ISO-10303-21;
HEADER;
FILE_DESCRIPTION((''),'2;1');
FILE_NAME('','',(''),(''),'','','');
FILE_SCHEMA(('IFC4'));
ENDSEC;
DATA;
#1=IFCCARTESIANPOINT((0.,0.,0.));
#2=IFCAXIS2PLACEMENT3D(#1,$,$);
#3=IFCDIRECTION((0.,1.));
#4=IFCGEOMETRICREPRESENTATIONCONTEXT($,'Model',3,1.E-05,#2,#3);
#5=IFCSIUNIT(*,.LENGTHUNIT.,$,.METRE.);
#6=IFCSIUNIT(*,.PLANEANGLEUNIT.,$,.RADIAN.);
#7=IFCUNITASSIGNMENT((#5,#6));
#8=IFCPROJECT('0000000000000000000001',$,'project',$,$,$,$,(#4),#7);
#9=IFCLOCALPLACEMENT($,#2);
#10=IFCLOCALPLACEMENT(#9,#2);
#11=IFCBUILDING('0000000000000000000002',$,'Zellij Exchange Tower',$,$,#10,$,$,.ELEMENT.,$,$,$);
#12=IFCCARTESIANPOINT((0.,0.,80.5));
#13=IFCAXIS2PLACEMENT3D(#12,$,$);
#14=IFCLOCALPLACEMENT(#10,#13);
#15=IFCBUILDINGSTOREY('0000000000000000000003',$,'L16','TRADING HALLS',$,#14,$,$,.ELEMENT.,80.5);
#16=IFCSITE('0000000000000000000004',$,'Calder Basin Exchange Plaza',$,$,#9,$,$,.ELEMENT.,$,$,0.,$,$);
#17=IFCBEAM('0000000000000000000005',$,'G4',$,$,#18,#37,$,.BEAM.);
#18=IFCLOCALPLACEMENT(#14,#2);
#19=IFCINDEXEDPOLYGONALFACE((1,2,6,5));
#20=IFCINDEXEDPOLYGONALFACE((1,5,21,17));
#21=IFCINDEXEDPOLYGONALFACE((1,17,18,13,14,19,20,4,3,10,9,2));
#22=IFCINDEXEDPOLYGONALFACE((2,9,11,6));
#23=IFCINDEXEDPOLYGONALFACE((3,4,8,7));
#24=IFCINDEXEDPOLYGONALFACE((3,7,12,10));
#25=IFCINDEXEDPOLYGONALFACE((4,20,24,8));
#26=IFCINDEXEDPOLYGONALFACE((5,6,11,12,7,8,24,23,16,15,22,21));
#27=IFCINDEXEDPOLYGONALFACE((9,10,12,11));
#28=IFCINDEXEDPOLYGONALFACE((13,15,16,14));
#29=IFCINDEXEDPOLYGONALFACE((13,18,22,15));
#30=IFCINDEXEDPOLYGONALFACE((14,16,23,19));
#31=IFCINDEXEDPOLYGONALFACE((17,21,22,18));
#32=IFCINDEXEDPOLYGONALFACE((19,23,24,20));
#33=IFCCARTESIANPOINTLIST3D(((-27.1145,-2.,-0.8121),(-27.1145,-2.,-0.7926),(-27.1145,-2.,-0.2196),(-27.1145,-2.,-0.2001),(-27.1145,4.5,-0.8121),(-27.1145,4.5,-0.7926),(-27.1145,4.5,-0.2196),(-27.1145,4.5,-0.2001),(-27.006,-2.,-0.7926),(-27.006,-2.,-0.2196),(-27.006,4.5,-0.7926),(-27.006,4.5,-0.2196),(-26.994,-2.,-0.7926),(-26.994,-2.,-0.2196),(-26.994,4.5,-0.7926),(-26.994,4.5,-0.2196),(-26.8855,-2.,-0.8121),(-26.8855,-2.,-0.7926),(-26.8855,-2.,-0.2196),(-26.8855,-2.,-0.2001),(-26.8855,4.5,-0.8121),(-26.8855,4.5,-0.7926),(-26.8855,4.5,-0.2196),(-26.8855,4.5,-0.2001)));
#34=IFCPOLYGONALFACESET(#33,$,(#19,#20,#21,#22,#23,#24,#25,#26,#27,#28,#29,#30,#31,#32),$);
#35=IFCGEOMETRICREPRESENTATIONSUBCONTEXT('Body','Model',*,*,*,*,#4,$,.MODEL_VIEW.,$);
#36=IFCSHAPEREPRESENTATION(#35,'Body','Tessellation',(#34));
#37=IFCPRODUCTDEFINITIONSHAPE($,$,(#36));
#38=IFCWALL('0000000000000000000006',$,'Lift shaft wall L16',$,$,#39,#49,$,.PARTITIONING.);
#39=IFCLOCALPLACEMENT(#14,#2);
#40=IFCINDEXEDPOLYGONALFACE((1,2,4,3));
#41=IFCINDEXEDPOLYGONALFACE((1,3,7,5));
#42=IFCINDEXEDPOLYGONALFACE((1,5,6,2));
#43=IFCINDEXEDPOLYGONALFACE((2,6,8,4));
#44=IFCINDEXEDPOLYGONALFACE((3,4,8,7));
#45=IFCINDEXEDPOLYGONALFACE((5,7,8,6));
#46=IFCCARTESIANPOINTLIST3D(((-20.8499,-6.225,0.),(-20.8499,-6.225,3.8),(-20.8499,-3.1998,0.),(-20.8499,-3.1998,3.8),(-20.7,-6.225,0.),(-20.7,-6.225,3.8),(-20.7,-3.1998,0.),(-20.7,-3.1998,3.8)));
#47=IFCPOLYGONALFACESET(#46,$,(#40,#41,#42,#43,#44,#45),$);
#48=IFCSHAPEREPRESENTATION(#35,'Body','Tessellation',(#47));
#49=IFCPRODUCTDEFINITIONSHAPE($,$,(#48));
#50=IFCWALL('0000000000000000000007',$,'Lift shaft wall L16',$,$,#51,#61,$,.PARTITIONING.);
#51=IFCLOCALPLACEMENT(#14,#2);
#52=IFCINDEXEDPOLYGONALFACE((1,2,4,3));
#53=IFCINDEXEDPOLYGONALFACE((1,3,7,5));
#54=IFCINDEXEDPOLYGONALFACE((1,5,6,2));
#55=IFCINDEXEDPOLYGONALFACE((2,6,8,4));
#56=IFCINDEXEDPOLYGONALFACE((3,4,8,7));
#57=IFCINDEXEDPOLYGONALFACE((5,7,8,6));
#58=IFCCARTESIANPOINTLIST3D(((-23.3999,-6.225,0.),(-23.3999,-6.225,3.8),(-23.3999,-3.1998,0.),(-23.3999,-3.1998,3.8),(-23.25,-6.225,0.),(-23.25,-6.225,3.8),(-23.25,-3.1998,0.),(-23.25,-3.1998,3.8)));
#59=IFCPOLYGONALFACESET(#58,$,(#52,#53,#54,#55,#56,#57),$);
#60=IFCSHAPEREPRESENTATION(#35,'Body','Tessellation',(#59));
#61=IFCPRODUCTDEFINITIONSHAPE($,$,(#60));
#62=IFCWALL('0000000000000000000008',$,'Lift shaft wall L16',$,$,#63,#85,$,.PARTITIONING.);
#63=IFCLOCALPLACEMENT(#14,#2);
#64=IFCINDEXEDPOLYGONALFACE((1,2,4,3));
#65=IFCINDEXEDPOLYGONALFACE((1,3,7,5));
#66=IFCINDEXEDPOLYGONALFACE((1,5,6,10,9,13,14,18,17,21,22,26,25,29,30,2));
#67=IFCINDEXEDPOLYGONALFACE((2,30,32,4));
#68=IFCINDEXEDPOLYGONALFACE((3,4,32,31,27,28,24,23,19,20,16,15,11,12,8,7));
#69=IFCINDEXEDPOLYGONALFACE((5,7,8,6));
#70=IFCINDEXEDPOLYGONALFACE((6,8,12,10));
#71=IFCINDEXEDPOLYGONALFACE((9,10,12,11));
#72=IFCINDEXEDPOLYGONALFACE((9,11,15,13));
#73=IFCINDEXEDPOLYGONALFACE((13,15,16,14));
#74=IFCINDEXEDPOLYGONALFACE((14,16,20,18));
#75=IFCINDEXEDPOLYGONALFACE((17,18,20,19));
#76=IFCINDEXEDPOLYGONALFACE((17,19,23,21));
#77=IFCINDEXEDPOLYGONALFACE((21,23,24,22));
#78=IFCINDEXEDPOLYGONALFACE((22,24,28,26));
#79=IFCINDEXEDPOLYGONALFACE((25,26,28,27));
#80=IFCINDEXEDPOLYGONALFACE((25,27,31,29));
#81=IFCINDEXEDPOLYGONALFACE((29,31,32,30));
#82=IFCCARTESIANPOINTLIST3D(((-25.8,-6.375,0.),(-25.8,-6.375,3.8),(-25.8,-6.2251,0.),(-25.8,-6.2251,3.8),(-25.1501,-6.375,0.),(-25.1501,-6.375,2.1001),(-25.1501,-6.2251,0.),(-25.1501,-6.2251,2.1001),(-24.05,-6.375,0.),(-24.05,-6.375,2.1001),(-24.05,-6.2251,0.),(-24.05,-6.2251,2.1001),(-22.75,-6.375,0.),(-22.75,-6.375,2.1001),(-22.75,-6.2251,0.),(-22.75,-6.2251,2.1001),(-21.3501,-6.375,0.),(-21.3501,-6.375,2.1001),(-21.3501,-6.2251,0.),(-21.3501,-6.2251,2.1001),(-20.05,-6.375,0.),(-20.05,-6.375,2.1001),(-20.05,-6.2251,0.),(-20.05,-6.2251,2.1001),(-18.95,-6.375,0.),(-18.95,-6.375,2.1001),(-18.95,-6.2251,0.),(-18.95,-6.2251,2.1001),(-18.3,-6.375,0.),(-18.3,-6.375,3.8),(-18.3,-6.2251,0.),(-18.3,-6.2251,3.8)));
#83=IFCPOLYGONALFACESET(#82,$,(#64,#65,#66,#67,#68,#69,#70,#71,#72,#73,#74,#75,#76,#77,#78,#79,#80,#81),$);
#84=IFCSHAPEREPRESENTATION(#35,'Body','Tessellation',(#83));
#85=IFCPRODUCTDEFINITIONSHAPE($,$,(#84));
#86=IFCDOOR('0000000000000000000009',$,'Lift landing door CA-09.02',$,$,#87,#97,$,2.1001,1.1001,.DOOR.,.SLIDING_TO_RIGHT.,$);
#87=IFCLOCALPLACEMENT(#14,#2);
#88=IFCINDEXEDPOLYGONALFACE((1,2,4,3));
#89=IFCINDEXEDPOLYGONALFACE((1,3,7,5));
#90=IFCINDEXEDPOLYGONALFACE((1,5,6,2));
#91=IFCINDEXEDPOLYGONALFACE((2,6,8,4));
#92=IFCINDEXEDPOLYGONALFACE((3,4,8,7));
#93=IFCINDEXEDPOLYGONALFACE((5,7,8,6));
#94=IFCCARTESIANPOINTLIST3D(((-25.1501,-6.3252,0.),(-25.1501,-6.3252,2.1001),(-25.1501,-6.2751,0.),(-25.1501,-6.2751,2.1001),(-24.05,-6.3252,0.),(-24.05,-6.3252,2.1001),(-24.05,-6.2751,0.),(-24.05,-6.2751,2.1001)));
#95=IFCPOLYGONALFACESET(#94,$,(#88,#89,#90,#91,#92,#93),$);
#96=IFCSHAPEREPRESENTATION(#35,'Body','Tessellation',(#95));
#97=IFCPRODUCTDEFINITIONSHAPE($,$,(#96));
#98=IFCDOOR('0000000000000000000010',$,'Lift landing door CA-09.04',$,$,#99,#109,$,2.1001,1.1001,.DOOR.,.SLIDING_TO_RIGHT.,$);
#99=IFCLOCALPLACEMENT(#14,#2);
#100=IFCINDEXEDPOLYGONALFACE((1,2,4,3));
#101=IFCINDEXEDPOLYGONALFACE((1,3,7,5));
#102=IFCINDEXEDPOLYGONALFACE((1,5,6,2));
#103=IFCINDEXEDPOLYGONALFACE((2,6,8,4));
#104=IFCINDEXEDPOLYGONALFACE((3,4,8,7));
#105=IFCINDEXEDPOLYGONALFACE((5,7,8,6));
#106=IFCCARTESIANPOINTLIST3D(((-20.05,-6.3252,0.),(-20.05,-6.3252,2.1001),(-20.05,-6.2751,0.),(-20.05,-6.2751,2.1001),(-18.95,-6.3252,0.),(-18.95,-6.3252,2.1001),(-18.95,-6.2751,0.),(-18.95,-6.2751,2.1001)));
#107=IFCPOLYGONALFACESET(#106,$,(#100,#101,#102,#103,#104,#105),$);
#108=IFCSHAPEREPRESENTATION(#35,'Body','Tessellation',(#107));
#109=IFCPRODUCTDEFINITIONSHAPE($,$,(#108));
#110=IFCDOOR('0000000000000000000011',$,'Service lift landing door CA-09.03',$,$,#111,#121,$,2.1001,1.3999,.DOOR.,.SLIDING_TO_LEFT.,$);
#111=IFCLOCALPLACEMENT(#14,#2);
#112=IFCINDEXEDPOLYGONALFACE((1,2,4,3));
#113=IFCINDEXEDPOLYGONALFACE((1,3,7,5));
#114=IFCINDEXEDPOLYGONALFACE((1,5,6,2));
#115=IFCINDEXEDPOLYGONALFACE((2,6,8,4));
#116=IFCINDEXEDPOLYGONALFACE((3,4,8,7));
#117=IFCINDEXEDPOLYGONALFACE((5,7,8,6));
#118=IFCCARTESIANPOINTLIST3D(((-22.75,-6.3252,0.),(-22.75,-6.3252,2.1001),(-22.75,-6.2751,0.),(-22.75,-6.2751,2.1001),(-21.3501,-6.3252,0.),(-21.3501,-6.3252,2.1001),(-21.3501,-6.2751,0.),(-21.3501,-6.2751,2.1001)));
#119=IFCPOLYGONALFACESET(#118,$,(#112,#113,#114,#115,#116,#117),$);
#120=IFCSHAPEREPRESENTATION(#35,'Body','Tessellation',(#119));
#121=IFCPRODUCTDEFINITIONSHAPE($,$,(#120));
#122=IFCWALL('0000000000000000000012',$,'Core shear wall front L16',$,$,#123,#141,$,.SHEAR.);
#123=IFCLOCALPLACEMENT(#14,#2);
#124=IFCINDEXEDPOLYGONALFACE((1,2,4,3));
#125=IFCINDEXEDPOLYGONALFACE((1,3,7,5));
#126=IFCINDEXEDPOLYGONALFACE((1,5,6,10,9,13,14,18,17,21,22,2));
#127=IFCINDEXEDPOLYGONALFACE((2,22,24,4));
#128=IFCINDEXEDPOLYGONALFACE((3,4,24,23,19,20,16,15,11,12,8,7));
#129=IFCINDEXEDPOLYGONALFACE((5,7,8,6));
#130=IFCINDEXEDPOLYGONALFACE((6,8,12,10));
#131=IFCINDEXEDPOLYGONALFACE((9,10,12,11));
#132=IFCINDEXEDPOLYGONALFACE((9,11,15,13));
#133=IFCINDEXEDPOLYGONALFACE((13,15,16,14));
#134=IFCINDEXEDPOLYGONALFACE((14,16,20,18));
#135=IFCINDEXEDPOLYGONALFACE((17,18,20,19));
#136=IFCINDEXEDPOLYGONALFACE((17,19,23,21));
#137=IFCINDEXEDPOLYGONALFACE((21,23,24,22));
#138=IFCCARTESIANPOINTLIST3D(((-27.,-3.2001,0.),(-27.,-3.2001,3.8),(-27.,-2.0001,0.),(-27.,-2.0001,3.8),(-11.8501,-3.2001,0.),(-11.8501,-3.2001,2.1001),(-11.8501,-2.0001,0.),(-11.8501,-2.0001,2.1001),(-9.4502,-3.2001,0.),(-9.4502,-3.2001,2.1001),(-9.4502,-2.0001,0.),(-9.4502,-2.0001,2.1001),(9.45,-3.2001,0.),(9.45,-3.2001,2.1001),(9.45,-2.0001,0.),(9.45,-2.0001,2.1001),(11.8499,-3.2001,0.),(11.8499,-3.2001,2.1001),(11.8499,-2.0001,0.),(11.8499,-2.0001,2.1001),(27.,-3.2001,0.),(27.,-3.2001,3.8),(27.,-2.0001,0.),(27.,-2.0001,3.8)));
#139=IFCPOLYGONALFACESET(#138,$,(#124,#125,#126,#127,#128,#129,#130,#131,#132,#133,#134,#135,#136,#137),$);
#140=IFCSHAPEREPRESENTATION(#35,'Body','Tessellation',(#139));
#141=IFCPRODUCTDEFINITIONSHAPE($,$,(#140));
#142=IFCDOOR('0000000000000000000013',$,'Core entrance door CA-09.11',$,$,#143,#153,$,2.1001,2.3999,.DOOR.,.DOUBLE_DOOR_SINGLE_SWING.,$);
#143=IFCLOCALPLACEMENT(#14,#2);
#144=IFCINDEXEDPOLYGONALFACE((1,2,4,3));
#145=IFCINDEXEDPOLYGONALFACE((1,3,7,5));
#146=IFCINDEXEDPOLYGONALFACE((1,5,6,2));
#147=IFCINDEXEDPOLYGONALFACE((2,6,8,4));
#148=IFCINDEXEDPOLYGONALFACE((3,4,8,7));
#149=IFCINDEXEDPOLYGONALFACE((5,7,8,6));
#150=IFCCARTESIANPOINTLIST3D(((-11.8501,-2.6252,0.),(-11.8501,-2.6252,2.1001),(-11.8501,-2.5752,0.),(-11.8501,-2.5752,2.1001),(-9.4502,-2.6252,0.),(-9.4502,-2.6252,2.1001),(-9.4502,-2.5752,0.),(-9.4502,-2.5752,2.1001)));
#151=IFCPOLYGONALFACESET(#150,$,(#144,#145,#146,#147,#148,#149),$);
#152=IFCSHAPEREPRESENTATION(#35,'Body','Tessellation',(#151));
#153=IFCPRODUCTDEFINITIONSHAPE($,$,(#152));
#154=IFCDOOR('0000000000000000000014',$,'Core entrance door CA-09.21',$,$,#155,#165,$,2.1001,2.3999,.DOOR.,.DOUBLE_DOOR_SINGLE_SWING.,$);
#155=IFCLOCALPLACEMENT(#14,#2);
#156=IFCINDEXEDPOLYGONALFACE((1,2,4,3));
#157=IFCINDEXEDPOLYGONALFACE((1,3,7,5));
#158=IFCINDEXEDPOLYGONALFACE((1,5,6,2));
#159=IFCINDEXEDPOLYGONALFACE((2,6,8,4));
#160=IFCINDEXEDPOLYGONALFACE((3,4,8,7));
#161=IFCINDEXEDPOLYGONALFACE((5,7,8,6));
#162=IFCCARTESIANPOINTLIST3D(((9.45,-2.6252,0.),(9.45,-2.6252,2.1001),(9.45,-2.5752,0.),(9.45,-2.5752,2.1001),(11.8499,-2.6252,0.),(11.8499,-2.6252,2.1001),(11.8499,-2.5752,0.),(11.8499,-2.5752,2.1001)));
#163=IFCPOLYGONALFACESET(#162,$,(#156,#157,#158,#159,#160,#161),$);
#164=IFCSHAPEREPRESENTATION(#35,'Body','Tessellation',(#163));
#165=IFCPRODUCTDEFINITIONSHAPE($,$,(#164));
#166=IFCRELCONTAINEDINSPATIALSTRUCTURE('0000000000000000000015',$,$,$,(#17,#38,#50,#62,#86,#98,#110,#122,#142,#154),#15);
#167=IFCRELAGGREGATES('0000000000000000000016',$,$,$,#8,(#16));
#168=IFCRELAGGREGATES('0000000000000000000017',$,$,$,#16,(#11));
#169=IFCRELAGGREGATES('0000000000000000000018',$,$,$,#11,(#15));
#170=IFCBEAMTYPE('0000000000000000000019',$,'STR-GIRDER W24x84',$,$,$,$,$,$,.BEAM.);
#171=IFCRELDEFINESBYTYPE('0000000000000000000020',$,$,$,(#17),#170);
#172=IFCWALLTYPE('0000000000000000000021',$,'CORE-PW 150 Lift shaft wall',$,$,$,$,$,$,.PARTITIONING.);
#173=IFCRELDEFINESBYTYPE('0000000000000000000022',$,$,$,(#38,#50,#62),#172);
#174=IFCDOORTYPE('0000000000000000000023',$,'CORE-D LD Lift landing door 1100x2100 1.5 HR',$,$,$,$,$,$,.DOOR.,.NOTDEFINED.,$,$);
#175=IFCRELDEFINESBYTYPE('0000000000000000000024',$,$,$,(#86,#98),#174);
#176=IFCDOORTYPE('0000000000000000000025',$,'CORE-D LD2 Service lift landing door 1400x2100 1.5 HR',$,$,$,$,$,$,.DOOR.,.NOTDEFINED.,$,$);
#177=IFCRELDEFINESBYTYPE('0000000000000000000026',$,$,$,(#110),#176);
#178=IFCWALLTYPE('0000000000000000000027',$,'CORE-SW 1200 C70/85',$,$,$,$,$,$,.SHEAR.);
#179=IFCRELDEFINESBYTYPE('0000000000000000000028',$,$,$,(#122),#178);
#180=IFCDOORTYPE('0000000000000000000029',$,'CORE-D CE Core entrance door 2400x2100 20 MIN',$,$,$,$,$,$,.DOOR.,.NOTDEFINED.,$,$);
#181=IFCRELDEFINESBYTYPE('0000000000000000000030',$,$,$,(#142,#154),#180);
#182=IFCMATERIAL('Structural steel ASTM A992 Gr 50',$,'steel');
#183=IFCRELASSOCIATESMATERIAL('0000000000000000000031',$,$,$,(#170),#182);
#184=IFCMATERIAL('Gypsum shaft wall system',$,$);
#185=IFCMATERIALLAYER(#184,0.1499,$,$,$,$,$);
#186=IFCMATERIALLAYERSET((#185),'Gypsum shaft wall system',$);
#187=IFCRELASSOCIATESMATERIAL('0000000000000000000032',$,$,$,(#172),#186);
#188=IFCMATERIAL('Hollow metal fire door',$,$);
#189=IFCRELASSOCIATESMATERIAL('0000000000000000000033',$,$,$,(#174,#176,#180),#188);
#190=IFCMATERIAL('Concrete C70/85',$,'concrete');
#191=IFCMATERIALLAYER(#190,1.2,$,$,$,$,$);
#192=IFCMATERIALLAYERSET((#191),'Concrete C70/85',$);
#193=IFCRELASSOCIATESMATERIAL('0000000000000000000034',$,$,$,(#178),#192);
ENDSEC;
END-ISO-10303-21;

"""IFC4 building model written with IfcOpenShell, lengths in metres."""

from ifc_helpers import new_model, si_unit, direction, frame, frame_2d, origin, origin_2d, place, context, subcontext, project, spatial, rectangle, i_section, extrude, material, layer, layer_set, material_profile, profile_set, type_object, element, fill, save


model = new_model("IFC4")

# Units and contexts
model_context = context("Model", 3, precision=1e-05, world=origin(), true_north=direction((0.0, 1.0)))
body_context = subcontext(model_context, "Body", "Model", "MODEL_VIEW")
ifc_project = project(units=[si_unit("LENGTHUNIT", "METRE"), si_unit("PLANEANGLEUNIT", "RADIAN")], contexts=[model_context])

# Site, building, storey
site_placement = place(None, origin())
site = spatial("IfcSite", under=ifc_project, at=site_placement, Name="Calder Basin Exchange Plaza", CompositionType="ELEMENT", RefElevation=0.0)
building_placement = place(site_placement, origin())
building = spatial("IfcBuilding", under=site, at=building_placement, Name="Zellij Exchange Tower", CompositionType="ELEMENT")
storey_placement = place(building_placement, frame((0.0, 0.0, 80.5)))
storey = spatial("IfcBuildingStorey", under=building, at=storey_placement, Name="L16", Description="TRADING HALLS", CompositionType="ELEMENT", Elevation=80.5)

# Shared definitions
ifc_material_1 = material(Name="Concrete C70/85", Category="concrete")

# Beam
ifc_material_2 = material(Name="Structural steel ASTM A992 Gr 50", Category="steel")
ifc_material_profile_1 = material_profile(ifc_material_2, i_section(OverallWidth=0.229, OverallDepth=0.6121, WebThickness=0.012, FlangeThickness=0.0195, at=origin_2d()), Name="W24x84")
ifc_profile_set_1 = profile_set([ifc_material_profile_1], Name="Structural steel ASTM A992 Gr 50")
beam_type_1 = type_object("IfcBeamType", Name="STR-GIRDER W24x84", PredefinedType="BEAM", material=ifc_profile_set_1)
beam_1_placement = place(storey_placement, frame((-27.0, -2.0, -0.5061), z_axis=(0.0, 1.0, 0.0), x_axis=(-1.0, 0.0, 0.0)))
element("IfcBeam", 1, at=beam_1_placement, inside=storey, type_object=beam_type_1, Name="G4", PredefinedType="BEAM", context=body_context, shape_type="SweptSolid", body=[
    extrude(i_section(OverallWidth=0.229, OverallDepth=0.6121, WebThickness=0.012, FlangeThickness=0.0195, at=origin_2d()), origin(), (0.0, 0.0, 1.0), 6.5),
])

# Walls
ifc_material_3 = material(Name="Gypsum shaft wall system")
ifc_layer_1 = layer(ifc_material_3, 0.1499)
ifc_layer_set_1 = layer_set([ifc_layer_1], Name="Gypsum shaft wall system")
wall_type_1 = type_object("IfcWallType", Name="CORE-PW 150 Lift shaft wall", PredefinedType="PARTITIONING", material=ifc_layer_set_1)
for number, where, z_axis, x_axis, name in (
    (2, (-20.7749, -6.2251, 0.0), (0.0, 0.0, 1.0), (0.0, 1.0, 0.0), "Lift shaft wall L16"),
    (3, (-23.325, -6.2251, 0.0), (0.0, 0.0, 1.0), (0.0, 1.0, 0.0), "Lift shaft wall L16"),
):
    element("IfcWall", number, at=place(storey_placement, frame(where, z_axis=z_axis, x_axis=x_axis)), inside=storey, type_object=wall_type_1, Name=name, PredefinedType="PARTITIONING", context=body_context, shape_type="SweptSolid", body=[
        extrude(rectangle(XDim=3.0251, YDim=0.1499, at=frame_2d((1.5127, 0.0))), origin(), (0.0, 0.0, 1.0), 3.8),
    ])

# Walls, openings, doors
wall_1_placement = place(storey_placement, frame((-25.8, -6.3, 0.0), z_axis=(0.0, 0.0, 1.0), x_axis=(1.0, 0.0, 0.0)))
wall_1 = element("IfcWall", 4, at=wall_1_placement, inside=storey, type_object=wall_type_1, Name="Lift shaft wall L16", PredefinedType="PARTITIONING", context=body_context, shape_type="SweptSolid", body=[
    extrude(rectangle(XDim=7.5, YDim=0.1499, at=frame_2d((3.75, 0.0))), origin(), (0.0, 0.0, 1.0), 3.8),
])
opening_1_placement = place(wall_1_placement, frame((0.6499, 0.0, 0.0)))
opening_1 = element("IfcOpeningElement", 5, at=opening_1_placement, cuts=wall_1, PredefinedType="OPENING", context=body_context, shape_type="SweptSolid", body=[
    extrude(rectangle(XDim=1.1001, YDim=2.1001, at=frame_2d((0.55, 1.05))), frame((0.0, 0.0869, 0.0), z_axis=(0.0, -1.0, 0.0), x_axis=(1.0, 0.0, 0.0)), (0.0, 0.0, 1.0), 0.1738),
])
opening_2_placement = place(wall_1_placement, frame((3.05, 0.0, 0.0)))
opening_2 = element("IfcOpeningElement", 6, at=opening_2_placement, cuts=wall_1, PredefinedType="OPENING", context=body_context, shape_type="SweptSolid", body=[
    extrude(rectangle(XDim=1.3999, YDim=2.1001, at=frame_2d((0.7, 1.05))), frame((0.0, 0.0869, 0.0), z_axis=(0.0, -1.0, 0.0), x_axis=(1.0, 0.0, 0.0)), (0.0, 0.0, 1.0), 0.1738),
])
opening_3_placement = place(wall_1_placement, frame((5.75, 0.0, 0.0)))
opening_3 = element("IfcOpeningElement", 7, at=opening_3_placement, cuts=wall_1, PredefinedType="OPENING", context=body_context, shape_type="SweptSolid", body=[
    extrude(rectangle(XDim=1.1001, YDim=2.1001, at=frame_2d((0.55, 1.05))), frame((0.0, 0.0869, 0.0), z_axis=(0.0, -1.0, 0.0), x_axis=(1.0, 0.0, 0.0)), (0.0, 0.0, 1.0), 0.1738),
])
ifc_material_4 = material(Name="Hollow metal fire door")
door_type_1 = type_object("IfcDoorType", Name="CORE-D LD Lift landing door 1100x2100 1.5 HR", OperationType="NOTDEFINED", PredefinedType="DOOR", material=ifc_material_4)
door_1_placement = place(opening_1_placement, origin())
door_1 = element("IfcDoor", 8, at=door_1_placement, inside=storey, type_object=door_type_1, Name="Lift landing door CA-09.02", OperationType="SLIDING_TO_RIGHT", OverallHeight=2.1001, OverallWidth=1.1001, PredefinedType="DOOR", context=body_context, shape_type="SweptSolid", body=[
    extrude(rectangle(XDim=1.1001, YDim=2.1001, at=frame_2d((0.55, 1.05))), frame((0.0, 0.0249, 0.0), z_axis=(0.0, -1.0, 0.0), x_axis=(1.0, 0.0, 0.0)), (0.0, 0.0, 1.0), 0.05),
])
fill(opening_1, door_1)
door_2_placement = place(opening_3_placement, origin())
door_2 = element("IfcDoor", 9, at=door_2_placement, inside=storey, type_object=door_type_1, Name="Lift landing door CA-09.04", OperationType="SLIDING_TO_RIGHT", OverallHeight=2.1001, OverallWidth=1.1001, PredefinedType="DOOR", context=body_context, shape_type="SweptSolid", body=[
    extrude(rectangle(XDim=1.1001, YDim=2.1001, at=frame_2d((0.55, 1.05))), frame((0.0, 0.0249, 0.0), z_axis=(0.0, -1.0, 0.0), x_axis=(1.0, 0.0, 0.0)), (0.0, 0.0, 1.0), 0.05),
])
fill(opening_3, door_2)
door_type_2 = type_object("IfcDoorType", Name="CORE-D LD2 Service lift landing door 1400x2100 1.5 HR", OperationType="NOTDEFINED", PredefinedType="DOOR", material=ifc_material_4)
door_3_placement = place(opening_2_placement, origin())
door_3 = element("IfcDoor", 10, at=door_3_placement, inside=storey, type_object=door_type_2, Name="Service lift landing door CA-09.03", OperationType="SLIDING_TO_LEFT", OverallHeight=2.1001, OverallWidth=1.3999, PredefinedType="DOOR", context=body_context, shape_type="SweptSolid", body=[
    extrude(rectangle(XDim=1.3999, YDim=2.1001, at=frame_2d((0.7, 1.05))), frame((0.0, 0.0249, 0.0), z_axis=(0.0, -1.0, 0.0), x_axis=(1.0, 0.0, 0.0)), (0.0, 0.0, 1.0), 0.05),
])
fill(opening_2, door_3)
ifc_layer_2 = layer(ifc_material_1, 1.2)
ifc_layer_set_2 = layer_set([ifc_layer_2], Name="Concrete C70/85")
wall_type_2 = type_object("IfcWallType", Name="CORE-SW 1200 C70/85", PredefinedType="SHEAR", material=ifc_layer_set_2)
wall_2_placement = place(storey_placement, frame((-27.0, -2.6001, 0.0), z_axis=(0.0, 0.0, 1.0), x_axis=(1.0, 0.0, 0.0)))
wall_2 = element("IfcWall", 11, at=wall_2_placement, inside=storey, type_object=wall_type_2, Name="Core shear wall front L16", PredefinedType="SHEAR", context=body_context, shape_type="SweptSolid", body=[
    extrude(rectangle(XDim=54.0, YDim=1.2, at=frame_2d((27.0, 0.0))), origin(), (0.0, 0.0, 1.0), 3.8),
])
opening_4_placement = place(wall_2_placement, frame((15.1499, 0.0, 0.0)))
opening_4 = element("IfcOpeningElement", 12, at=opening_4_placement, cuts=wall_2, PredefinedType="OPENING", context=body_context, shape_type="SweptSolid", body=[
    extrude(rectangle(XDim=2.3999, YDim=2.1001, at=frame_2d((1.2, 1.05))), frame((0.0, 0.6118, 0.0), z_axis=(0.0, -1.0, 0.0), x_axis=(1.0, 0.0, 0.0)), (0.0, 0.0, 1.0), 1.2239),
])
opening_5_placement = place(wall_2_placement, frame((36.45, 0.0, 0.0)))
opening_5 = element("IfcOpeningElement", 13, at=opening_5_placement, cuts=wall_2, PredefinedType="OPENING", context=body_context, shape_type="SweptSolid", body=[
    extrude(rectangle(XDim=2.3999, YDim=2.1001, at=frame_2d((1.2, 1.05))), frame((0.0, 0.6118, 0.0), z_axis=(0.0, -1.0, 0.0), x_axis=(1.0, 0.0, 0.0)), (0.0, 0.0, 1.0), 1.2239),
])
door_type_3 = type_object("IfcDoorType", Name="CORE-D CE Core entrance door 2400x2100 20 MIN", OperationType="NOTDEFINED", PredefinedType="DOOR", material=ifc_material_4)
door_4_placement = place(opening_4_placement, origin())
door_4 = element("IfcDoor", 14, at=door_4_placement, inside=storey, type_object=door_type_3, Name="Core entrance door CA-09.11", OperationType="DOUBLE_DOOR_SINGLE_SWING", OverallHeight=2.1001, OverallWidth=2.3999, PredefinedType="DOOR", context=body_context, shape_type="SweptSolid", body=[
    extrude(rectangle(XDim=2.3999, YDim=2.1001, at=frame_2d((1.2, 1.05))), frame((0.0, 0.0249, 0.0), z_axis=(0.0, -1.0, 0.0), x_axis=(1.0, 0.0, 0.0)), (0.0, 0.0, 1.0), 0.05),
])
fill(opening_4, door_4)
door_5_placement = place(opening_5_placement, origin())
door_5 = element("IfcDoor", 15, at=door_5_placement, inside=storey, type_object=door_type_3, Name="Core entrance door CA-09.21", OperationType="DOUBLE_DOOR_SINGLE_SWING", OverallHeight=2.1001, OverallWidth=2.3999, PredefinedType="DOOR", context=body_context, shape_type="SweptSolid", body=[
    extrude(rectangle(XDim=2.3999, YDim=2.1001, at=frame_2d((1.2, 1.05))), frame((0.0, 0.0249, 0.0), z_axis=(0.0, -1.0, 0.0), x_axis=(1.0, 0.0, 0.0)), (0.0, 0.0, 1.0), 0.05),
])
fill(opening_5, door_5)

save(model, "model.ifc")
